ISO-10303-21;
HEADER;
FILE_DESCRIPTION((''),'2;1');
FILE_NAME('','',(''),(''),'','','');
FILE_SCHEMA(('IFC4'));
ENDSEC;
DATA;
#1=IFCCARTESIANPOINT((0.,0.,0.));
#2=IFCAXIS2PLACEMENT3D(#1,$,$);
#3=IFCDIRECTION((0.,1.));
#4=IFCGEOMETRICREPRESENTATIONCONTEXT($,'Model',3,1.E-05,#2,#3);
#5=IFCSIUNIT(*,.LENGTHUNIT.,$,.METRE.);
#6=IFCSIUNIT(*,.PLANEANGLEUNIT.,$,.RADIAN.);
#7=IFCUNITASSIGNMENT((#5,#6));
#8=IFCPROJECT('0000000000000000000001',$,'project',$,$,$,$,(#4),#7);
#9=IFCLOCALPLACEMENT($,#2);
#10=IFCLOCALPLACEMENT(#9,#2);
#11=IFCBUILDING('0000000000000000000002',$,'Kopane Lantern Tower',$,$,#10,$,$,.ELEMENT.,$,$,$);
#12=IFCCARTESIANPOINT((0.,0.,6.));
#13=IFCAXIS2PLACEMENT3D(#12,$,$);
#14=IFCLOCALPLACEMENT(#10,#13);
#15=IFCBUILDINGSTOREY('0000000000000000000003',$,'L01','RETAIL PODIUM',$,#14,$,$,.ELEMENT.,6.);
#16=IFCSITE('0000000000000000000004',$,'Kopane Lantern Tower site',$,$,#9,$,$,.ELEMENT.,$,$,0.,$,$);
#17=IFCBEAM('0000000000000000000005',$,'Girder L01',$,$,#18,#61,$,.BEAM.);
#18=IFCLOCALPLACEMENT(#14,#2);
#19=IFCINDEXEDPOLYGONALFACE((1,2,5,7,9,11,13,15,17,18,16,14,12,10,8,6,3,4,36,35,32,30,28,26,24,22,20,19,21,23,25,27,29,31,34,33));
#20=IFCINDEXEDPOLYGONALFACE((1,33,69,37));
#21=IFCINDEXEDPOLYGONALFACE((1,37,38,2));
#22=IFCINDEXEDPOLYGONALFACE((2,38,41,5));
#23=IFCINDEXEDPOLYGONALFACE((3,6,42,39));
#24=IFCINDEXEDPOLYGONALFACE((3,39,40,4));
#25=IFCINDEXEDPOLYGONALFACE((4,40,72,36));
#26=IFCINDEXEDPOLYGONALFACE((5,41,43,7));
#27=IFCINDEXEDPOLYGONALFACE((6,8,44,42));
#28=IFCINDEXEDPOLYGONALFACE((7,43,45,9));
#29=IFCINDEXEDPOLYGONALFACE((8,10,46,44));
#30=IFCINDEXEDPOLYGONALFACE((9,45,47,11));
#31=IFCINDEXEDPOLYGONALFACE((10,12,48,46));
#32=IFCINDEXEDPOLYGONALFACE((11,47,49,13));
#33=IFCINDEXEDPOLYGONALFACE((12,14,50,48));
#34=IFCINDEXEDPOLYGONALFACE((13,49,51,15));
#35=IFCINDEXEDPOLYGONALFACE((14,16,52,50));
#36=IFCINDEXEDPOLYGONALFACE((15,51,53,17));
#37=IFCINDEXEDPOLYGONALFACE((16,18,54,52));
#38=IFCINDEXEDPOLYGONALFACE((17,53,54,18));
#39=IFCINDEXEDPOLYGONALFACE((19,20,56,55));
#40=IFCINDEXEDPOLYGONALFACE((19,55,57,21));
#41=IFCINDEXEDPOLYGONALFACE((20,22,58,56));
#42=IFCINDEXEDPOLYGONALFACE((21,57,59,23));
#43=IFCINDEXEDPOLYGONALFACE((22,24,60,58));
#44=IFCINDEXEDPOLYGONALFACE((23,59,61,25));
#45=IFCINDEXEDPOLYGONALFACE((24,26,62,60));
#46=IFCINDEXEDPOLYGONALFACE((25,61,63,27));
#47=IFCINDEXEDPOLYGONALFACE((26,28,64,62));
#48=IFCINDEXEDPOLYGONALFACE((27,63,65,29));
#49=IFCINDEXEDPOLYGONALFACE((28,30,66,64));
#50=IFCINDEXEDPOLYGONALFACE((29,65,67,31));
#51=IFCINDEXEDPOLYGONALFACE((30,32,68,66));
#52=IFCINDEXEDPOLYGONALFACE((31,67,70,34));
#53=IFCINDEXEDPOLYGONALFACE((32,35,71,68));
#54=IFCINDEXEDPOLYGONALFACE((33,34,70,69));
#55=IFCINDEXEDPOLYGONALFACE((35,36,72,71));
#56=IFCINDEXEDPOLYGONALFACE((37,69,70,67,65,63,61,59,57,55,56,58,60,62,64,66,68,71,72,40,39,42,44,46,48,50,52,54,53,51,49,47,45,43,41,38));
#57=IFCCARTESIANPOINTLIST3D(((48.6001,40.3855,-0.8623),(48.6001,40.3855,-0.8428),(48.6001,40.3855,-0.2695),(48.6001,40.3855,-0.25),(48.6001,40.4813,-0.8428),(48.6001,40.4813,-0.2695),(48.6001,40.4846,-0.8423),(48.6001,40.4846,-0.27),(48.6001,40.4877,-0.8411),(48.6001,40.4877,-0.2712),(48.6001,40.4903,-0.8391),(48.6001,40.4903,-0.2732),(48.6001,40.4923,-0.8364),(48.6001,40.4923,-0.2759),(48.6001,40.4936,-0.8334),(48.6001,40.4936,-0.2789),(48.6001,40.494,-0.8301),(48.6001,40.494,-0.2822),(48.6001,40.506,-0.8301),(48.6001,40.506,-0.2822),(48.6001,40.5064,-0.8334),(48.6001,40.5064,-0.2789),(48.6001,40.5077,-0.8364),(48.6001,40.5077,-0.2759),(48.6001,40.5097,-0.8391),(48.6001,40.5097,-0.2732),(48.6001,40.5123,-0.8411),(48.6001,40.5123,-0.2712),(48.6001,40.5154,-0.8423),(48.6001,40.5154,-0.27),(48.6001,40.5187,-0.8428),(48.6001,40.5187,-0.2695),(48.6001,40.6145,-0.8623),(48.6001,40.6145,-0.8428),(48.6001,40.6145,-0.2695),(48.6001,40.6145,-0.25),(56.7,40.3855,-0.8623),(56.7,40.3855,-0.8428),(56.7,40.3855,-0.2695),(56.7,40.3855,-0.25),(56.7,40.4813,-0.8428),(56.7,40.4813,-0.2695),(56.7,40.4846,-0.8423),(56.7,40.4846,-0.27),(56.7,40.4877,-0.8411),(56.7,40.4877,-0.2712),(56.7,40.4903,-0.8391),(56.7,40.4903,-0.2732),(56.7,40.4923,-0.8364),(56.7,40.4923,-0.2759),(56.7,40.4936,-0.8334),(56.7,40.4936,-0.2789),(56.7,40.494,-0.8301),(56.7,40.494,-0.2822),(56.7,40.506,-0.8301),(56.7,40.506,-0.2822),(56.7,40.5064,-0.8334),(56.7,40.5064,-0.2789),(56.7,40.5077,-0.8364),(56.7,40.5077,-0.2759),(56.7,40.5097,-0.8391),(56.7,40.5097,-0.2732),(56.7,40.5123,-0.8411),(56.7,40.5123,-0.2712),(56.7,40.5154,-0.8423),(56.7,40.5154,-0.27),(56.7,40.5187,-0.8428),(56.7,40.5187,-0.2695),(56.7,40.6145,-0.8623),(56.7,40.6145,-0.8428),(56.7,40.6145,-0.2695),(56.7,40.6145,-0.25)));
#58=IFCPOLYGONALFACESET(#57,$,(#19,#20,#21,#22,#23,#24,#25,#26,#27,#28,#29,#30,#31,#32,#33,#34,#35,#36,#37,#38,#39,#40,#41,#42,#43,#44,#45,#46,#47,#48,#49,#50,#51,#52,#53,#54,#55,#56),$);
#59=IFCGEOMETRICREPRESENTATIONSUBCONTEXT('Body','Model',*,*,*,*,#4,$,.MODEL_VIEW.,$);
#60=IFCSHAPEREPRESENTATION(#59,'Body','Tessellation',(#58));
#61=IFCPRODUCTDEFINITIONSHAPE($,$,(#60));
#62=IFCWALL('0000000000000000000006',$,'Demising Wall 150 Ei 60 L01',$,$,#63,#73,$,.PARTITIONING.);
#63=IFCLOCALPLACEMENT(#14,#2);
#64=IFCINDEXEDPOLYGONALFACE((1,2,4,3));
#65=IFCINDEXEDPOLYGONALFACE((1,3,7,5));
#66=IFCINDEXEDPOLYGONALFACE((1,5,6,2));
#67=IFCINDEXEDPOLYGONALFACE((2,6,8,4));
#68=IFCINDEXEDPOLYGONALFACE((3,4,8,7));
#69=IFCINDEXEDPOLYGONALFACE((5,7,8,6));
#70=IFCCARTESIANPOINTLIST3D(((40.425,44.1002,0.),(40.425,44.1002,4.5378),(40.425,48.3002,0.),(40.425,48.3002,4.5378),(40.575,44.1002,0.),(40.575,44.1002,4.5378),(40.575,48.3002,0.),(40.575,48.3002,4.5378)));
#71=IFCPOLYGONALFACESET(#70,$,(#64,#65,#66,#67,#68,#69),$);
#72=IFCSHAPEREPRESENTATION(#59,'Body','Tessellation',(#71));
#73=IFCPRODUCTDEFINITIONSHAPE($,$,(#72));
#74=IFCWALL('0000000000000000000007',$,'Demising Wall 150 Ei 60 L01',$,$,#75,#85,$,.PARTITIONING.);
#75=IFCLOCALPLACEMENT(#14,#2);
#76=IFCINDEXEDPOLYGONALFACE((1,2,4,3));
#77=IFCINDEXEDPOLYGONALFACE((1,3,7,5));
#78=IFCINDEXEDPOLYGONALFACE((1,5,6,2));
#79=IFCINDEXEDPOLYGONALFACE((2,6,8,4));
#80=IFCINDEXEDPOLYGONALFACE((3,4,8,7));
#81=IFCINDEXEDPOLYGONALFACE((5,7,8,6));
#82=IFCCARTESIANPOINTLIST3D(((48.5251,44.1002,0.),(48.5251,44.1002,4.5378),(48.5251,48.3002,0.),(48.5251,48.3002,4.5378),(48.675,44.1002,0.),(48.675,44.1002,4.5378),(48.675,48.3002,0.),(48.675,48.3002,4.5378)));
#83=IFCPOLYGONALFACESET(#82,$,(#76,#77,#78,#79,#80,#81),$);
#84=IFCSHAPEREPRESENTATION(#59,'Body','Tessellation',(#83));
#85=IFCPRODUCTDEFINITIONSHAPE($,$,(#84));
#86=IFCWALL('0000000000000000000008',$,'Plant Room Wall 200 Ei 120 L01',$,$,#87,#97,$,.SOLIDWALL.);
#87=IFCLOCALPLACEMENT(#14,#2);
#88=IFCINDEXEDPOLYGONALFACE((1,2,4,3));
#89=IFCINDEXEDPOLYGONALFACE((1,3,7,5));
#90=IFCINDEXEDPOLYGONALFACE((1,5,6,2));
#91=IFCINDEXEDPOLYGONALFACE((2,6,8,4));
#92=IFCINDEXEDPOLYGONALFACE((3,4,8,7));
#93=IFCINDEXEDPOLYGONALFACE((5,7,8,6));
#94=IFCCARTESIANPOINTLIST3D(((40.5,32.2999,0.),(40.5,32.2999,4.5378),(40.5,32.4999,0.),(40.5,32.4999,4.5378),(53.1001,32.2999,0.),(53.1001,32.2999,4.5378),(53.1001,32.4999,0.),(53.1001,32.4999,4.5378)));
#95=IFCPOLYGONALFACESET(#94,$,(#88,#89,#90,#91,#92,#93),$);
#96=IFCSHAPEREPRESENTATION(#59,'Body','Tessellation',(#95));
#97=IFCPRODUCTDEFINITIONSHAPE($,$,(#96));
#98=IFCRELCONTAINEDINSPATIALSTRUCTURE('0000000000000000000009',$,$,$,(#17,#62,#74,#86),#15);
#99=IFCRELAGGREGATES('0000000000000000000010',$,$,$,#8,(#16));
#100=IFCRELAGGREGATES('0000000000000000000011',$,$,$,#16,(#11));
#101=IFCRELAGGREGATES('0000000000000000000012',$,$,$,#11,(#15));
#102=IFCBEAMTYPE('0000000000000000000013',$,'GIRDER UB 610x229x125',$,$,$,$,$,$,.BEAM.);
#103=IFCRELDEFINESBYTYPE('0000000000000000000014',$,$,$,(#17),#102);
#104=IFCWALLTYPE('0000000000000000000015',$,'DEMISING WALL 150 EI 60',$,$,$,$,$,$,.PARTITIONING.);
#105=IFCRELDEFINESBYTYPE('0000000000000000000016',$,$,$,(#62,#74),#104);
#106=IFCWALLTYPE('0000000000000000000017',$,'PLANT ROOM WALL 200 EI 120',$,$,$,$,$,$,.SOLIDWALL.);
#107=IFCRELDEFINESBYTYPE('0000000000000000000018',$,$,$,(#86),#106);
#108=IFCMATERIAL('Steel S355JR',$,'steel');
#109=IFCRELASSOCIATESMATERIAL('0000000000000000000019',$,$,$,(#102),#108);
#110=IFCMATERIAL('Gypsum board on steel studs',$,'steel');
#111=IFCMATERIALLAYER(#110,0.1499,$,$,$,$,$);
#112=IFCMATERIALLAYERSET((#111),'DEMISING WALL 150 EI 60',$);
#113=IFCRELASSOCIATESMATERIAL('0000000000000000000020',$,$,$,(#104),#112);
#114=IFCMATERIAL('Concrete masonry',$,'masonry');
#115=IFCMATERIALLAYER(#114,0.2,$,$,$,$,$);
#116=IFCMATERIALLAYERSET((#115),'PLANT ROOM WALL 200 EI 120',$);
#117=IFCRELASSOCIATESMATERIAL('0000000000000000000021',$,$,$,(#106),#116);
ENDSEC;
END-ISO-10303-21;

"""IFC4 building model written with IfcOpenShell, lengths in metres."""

from ifc_helpers import new_model, si_unit, direction, frame, frame_2d, origin, origin_2d, place, context, subcontext, project, spatial, rectangle, i_section, extrude, material, layer, layer_set, material_profile, profile_set, type_object, element, save


model = new_model("IFC4")

# Units and contexts
model_context = context("Model", 3, precision=1e-05, world=origin(), true_north=direction((0.0, 1.0)))
body_context = subcontext(model_context, "Body", "Model", "MODEL_VIEW")
ifc_project = project(units=[si_unit("LENGTHUNIT", "METRE"), si_unit("PLANEANGLEUNIT", "RADIAN")], contexts=[model_context])

# Site, building, storey
site_placement = place(None, origin())
site = spatial("IfcSite", under=ifc_project, at=site_placement, Name="Kopane Lantern Tower site", CompositionType="ELEMENT", RefElevation=0.0)
building_placement = place(site_placement, origin())
building = spatial("IfcBuilding", under=site, at=building_placement, Name="Kopane Lantern Tower", CompositionType="ELEMENT")
storey_placement = place(building_placement, frame((0.0, 0.0, 6.0)))
storey = spatial("IfcBuildingStorey", under=building, at=storey_placement, Name="L01", Description="RETAIL PODIUM", CompositionType="ELEMENT", Elevation=6.0)

# Beam
ifc_material_1 = material(Name="Steel S355JR", Category="steel")
ifc_material_profile_1 = material_profile(ifc_material_1, i_section(OverallWidth=0.229, OverallDepth=0.6123, WebThickness=0.012, FlangeThickness=0.0195, FilletRadius=0.0127, at=origin_2d()), Name="UB 610x229x125")
ifc_profile_set_1 = profile_set([ifc_material_profile_1], Name="Steel S355JR")
beam_type = type_object("IfcBeamType", Name="GIRDER UB 610x229x125", PredefinedType="BEAM", material=ifc_profile_set_1)
beam_1_placement = place(storey_placement, frame((48.6001, 40.5, -0.5562), z_axis=(1.0, 0.0, 0.0), x_axis=(0.0, 1.0, 0.0)))
element("IfcBeam", 1, at=beam_1_placement, inside=storey, type_object=beam_type, Name="Girder L01", PredefinedType="BEAM", context=body_context, shape_type="SweptSolid", body=[
    extrude(i_section(OverallWidth=0.229, OverallDepth=0.6123, WebThickness=0.012, FlangeThickness=0.0195, FilletRadius=0.0127, at=origin_2d()), origin(), (0.0, 0.0, 1.0), 8.0999),
])

# Walls
ifc_material_2 = material(Name="Gypsum board on steel studs", Category="steel")
ifc_layer_1 = layer(ifc_material_2, 0.1499)
ifc_layer_set_1 = layer_set([ifc_layer_1], Name="DEMISING WALL 150 EI 60")
wall_type_1 = type_object("IfcWallType", Name="DEMISING WALL 150 EI 60", PredefinedType="PARTITIONING", material=ifc_layer_set_1)
for number, where, z_axis, x_axis, name in (
    (2, (40.5, 44.1001, 0.0), (0.0, 0.0, 1.0), (0.0, 1.0, 0.0), "Demising Wall 150 Ei 60 L01"),
    (3, (48.6001, 44.1001, 0.0), (0.0, 0.0, 1.0), (0.0, 1.0, 0.0), "Demising Wall 150 Ei 60 L01"),
):
    element("IfcWall", number, at=place(storey_placement, frame(where, z_axis=z_axis, x_axis=x_axis)), inside=storey, type_object=wall_type_1, Name=name, PredefinedType="PARTITIONING", context=body_context, shape_type="SweptSolid", body=[
        extrude(rectangle(XDim=4.2, YDim=0.1499, at=frame_2d((2.1001, 0.0))), origin(), (0.0, 0.0, 1.0), 4.5378),
    ])
ifc_material_3 = material(Name="Concrete masonry", Category="masonry")
ifc_layer_2 = layer(ifc_material_3, 0.2)
ifc_layer_set_2 = layer_set([ifc_layer_2], Name="PLANT ROOM WALL 200 EI 120")
wall_type_2 = type_object("IfcWallType", Name="PLANT ROOM WALL 200 EI 120", PredefinedType="SOLIDWALL", material=ifc_layer_set_2)
wall_placement = place(storey_placement, frame((40.5, 32.3999, 0.0), z_axis=(0.0, 0.0, 1.0), x_axis=(1.0, 0.0, 0.0)))
element("IfcWall", 4, at=wall_placement, inside=storey, type_object=wall_type_2, Name="Plant Room Wall 200 Ei 120 L01", PredefinedType="SOLIDWALL", context=body_context, shape_type="SweptSolid", body=[
    extrude(rectangle(XDim=12.6001, YDim=0.2, at=frame_2d((6.3, 0.0))), origin(), (0.0, 0.0, 1.0), 4.5378),
])

save(model, "model.ifc")
